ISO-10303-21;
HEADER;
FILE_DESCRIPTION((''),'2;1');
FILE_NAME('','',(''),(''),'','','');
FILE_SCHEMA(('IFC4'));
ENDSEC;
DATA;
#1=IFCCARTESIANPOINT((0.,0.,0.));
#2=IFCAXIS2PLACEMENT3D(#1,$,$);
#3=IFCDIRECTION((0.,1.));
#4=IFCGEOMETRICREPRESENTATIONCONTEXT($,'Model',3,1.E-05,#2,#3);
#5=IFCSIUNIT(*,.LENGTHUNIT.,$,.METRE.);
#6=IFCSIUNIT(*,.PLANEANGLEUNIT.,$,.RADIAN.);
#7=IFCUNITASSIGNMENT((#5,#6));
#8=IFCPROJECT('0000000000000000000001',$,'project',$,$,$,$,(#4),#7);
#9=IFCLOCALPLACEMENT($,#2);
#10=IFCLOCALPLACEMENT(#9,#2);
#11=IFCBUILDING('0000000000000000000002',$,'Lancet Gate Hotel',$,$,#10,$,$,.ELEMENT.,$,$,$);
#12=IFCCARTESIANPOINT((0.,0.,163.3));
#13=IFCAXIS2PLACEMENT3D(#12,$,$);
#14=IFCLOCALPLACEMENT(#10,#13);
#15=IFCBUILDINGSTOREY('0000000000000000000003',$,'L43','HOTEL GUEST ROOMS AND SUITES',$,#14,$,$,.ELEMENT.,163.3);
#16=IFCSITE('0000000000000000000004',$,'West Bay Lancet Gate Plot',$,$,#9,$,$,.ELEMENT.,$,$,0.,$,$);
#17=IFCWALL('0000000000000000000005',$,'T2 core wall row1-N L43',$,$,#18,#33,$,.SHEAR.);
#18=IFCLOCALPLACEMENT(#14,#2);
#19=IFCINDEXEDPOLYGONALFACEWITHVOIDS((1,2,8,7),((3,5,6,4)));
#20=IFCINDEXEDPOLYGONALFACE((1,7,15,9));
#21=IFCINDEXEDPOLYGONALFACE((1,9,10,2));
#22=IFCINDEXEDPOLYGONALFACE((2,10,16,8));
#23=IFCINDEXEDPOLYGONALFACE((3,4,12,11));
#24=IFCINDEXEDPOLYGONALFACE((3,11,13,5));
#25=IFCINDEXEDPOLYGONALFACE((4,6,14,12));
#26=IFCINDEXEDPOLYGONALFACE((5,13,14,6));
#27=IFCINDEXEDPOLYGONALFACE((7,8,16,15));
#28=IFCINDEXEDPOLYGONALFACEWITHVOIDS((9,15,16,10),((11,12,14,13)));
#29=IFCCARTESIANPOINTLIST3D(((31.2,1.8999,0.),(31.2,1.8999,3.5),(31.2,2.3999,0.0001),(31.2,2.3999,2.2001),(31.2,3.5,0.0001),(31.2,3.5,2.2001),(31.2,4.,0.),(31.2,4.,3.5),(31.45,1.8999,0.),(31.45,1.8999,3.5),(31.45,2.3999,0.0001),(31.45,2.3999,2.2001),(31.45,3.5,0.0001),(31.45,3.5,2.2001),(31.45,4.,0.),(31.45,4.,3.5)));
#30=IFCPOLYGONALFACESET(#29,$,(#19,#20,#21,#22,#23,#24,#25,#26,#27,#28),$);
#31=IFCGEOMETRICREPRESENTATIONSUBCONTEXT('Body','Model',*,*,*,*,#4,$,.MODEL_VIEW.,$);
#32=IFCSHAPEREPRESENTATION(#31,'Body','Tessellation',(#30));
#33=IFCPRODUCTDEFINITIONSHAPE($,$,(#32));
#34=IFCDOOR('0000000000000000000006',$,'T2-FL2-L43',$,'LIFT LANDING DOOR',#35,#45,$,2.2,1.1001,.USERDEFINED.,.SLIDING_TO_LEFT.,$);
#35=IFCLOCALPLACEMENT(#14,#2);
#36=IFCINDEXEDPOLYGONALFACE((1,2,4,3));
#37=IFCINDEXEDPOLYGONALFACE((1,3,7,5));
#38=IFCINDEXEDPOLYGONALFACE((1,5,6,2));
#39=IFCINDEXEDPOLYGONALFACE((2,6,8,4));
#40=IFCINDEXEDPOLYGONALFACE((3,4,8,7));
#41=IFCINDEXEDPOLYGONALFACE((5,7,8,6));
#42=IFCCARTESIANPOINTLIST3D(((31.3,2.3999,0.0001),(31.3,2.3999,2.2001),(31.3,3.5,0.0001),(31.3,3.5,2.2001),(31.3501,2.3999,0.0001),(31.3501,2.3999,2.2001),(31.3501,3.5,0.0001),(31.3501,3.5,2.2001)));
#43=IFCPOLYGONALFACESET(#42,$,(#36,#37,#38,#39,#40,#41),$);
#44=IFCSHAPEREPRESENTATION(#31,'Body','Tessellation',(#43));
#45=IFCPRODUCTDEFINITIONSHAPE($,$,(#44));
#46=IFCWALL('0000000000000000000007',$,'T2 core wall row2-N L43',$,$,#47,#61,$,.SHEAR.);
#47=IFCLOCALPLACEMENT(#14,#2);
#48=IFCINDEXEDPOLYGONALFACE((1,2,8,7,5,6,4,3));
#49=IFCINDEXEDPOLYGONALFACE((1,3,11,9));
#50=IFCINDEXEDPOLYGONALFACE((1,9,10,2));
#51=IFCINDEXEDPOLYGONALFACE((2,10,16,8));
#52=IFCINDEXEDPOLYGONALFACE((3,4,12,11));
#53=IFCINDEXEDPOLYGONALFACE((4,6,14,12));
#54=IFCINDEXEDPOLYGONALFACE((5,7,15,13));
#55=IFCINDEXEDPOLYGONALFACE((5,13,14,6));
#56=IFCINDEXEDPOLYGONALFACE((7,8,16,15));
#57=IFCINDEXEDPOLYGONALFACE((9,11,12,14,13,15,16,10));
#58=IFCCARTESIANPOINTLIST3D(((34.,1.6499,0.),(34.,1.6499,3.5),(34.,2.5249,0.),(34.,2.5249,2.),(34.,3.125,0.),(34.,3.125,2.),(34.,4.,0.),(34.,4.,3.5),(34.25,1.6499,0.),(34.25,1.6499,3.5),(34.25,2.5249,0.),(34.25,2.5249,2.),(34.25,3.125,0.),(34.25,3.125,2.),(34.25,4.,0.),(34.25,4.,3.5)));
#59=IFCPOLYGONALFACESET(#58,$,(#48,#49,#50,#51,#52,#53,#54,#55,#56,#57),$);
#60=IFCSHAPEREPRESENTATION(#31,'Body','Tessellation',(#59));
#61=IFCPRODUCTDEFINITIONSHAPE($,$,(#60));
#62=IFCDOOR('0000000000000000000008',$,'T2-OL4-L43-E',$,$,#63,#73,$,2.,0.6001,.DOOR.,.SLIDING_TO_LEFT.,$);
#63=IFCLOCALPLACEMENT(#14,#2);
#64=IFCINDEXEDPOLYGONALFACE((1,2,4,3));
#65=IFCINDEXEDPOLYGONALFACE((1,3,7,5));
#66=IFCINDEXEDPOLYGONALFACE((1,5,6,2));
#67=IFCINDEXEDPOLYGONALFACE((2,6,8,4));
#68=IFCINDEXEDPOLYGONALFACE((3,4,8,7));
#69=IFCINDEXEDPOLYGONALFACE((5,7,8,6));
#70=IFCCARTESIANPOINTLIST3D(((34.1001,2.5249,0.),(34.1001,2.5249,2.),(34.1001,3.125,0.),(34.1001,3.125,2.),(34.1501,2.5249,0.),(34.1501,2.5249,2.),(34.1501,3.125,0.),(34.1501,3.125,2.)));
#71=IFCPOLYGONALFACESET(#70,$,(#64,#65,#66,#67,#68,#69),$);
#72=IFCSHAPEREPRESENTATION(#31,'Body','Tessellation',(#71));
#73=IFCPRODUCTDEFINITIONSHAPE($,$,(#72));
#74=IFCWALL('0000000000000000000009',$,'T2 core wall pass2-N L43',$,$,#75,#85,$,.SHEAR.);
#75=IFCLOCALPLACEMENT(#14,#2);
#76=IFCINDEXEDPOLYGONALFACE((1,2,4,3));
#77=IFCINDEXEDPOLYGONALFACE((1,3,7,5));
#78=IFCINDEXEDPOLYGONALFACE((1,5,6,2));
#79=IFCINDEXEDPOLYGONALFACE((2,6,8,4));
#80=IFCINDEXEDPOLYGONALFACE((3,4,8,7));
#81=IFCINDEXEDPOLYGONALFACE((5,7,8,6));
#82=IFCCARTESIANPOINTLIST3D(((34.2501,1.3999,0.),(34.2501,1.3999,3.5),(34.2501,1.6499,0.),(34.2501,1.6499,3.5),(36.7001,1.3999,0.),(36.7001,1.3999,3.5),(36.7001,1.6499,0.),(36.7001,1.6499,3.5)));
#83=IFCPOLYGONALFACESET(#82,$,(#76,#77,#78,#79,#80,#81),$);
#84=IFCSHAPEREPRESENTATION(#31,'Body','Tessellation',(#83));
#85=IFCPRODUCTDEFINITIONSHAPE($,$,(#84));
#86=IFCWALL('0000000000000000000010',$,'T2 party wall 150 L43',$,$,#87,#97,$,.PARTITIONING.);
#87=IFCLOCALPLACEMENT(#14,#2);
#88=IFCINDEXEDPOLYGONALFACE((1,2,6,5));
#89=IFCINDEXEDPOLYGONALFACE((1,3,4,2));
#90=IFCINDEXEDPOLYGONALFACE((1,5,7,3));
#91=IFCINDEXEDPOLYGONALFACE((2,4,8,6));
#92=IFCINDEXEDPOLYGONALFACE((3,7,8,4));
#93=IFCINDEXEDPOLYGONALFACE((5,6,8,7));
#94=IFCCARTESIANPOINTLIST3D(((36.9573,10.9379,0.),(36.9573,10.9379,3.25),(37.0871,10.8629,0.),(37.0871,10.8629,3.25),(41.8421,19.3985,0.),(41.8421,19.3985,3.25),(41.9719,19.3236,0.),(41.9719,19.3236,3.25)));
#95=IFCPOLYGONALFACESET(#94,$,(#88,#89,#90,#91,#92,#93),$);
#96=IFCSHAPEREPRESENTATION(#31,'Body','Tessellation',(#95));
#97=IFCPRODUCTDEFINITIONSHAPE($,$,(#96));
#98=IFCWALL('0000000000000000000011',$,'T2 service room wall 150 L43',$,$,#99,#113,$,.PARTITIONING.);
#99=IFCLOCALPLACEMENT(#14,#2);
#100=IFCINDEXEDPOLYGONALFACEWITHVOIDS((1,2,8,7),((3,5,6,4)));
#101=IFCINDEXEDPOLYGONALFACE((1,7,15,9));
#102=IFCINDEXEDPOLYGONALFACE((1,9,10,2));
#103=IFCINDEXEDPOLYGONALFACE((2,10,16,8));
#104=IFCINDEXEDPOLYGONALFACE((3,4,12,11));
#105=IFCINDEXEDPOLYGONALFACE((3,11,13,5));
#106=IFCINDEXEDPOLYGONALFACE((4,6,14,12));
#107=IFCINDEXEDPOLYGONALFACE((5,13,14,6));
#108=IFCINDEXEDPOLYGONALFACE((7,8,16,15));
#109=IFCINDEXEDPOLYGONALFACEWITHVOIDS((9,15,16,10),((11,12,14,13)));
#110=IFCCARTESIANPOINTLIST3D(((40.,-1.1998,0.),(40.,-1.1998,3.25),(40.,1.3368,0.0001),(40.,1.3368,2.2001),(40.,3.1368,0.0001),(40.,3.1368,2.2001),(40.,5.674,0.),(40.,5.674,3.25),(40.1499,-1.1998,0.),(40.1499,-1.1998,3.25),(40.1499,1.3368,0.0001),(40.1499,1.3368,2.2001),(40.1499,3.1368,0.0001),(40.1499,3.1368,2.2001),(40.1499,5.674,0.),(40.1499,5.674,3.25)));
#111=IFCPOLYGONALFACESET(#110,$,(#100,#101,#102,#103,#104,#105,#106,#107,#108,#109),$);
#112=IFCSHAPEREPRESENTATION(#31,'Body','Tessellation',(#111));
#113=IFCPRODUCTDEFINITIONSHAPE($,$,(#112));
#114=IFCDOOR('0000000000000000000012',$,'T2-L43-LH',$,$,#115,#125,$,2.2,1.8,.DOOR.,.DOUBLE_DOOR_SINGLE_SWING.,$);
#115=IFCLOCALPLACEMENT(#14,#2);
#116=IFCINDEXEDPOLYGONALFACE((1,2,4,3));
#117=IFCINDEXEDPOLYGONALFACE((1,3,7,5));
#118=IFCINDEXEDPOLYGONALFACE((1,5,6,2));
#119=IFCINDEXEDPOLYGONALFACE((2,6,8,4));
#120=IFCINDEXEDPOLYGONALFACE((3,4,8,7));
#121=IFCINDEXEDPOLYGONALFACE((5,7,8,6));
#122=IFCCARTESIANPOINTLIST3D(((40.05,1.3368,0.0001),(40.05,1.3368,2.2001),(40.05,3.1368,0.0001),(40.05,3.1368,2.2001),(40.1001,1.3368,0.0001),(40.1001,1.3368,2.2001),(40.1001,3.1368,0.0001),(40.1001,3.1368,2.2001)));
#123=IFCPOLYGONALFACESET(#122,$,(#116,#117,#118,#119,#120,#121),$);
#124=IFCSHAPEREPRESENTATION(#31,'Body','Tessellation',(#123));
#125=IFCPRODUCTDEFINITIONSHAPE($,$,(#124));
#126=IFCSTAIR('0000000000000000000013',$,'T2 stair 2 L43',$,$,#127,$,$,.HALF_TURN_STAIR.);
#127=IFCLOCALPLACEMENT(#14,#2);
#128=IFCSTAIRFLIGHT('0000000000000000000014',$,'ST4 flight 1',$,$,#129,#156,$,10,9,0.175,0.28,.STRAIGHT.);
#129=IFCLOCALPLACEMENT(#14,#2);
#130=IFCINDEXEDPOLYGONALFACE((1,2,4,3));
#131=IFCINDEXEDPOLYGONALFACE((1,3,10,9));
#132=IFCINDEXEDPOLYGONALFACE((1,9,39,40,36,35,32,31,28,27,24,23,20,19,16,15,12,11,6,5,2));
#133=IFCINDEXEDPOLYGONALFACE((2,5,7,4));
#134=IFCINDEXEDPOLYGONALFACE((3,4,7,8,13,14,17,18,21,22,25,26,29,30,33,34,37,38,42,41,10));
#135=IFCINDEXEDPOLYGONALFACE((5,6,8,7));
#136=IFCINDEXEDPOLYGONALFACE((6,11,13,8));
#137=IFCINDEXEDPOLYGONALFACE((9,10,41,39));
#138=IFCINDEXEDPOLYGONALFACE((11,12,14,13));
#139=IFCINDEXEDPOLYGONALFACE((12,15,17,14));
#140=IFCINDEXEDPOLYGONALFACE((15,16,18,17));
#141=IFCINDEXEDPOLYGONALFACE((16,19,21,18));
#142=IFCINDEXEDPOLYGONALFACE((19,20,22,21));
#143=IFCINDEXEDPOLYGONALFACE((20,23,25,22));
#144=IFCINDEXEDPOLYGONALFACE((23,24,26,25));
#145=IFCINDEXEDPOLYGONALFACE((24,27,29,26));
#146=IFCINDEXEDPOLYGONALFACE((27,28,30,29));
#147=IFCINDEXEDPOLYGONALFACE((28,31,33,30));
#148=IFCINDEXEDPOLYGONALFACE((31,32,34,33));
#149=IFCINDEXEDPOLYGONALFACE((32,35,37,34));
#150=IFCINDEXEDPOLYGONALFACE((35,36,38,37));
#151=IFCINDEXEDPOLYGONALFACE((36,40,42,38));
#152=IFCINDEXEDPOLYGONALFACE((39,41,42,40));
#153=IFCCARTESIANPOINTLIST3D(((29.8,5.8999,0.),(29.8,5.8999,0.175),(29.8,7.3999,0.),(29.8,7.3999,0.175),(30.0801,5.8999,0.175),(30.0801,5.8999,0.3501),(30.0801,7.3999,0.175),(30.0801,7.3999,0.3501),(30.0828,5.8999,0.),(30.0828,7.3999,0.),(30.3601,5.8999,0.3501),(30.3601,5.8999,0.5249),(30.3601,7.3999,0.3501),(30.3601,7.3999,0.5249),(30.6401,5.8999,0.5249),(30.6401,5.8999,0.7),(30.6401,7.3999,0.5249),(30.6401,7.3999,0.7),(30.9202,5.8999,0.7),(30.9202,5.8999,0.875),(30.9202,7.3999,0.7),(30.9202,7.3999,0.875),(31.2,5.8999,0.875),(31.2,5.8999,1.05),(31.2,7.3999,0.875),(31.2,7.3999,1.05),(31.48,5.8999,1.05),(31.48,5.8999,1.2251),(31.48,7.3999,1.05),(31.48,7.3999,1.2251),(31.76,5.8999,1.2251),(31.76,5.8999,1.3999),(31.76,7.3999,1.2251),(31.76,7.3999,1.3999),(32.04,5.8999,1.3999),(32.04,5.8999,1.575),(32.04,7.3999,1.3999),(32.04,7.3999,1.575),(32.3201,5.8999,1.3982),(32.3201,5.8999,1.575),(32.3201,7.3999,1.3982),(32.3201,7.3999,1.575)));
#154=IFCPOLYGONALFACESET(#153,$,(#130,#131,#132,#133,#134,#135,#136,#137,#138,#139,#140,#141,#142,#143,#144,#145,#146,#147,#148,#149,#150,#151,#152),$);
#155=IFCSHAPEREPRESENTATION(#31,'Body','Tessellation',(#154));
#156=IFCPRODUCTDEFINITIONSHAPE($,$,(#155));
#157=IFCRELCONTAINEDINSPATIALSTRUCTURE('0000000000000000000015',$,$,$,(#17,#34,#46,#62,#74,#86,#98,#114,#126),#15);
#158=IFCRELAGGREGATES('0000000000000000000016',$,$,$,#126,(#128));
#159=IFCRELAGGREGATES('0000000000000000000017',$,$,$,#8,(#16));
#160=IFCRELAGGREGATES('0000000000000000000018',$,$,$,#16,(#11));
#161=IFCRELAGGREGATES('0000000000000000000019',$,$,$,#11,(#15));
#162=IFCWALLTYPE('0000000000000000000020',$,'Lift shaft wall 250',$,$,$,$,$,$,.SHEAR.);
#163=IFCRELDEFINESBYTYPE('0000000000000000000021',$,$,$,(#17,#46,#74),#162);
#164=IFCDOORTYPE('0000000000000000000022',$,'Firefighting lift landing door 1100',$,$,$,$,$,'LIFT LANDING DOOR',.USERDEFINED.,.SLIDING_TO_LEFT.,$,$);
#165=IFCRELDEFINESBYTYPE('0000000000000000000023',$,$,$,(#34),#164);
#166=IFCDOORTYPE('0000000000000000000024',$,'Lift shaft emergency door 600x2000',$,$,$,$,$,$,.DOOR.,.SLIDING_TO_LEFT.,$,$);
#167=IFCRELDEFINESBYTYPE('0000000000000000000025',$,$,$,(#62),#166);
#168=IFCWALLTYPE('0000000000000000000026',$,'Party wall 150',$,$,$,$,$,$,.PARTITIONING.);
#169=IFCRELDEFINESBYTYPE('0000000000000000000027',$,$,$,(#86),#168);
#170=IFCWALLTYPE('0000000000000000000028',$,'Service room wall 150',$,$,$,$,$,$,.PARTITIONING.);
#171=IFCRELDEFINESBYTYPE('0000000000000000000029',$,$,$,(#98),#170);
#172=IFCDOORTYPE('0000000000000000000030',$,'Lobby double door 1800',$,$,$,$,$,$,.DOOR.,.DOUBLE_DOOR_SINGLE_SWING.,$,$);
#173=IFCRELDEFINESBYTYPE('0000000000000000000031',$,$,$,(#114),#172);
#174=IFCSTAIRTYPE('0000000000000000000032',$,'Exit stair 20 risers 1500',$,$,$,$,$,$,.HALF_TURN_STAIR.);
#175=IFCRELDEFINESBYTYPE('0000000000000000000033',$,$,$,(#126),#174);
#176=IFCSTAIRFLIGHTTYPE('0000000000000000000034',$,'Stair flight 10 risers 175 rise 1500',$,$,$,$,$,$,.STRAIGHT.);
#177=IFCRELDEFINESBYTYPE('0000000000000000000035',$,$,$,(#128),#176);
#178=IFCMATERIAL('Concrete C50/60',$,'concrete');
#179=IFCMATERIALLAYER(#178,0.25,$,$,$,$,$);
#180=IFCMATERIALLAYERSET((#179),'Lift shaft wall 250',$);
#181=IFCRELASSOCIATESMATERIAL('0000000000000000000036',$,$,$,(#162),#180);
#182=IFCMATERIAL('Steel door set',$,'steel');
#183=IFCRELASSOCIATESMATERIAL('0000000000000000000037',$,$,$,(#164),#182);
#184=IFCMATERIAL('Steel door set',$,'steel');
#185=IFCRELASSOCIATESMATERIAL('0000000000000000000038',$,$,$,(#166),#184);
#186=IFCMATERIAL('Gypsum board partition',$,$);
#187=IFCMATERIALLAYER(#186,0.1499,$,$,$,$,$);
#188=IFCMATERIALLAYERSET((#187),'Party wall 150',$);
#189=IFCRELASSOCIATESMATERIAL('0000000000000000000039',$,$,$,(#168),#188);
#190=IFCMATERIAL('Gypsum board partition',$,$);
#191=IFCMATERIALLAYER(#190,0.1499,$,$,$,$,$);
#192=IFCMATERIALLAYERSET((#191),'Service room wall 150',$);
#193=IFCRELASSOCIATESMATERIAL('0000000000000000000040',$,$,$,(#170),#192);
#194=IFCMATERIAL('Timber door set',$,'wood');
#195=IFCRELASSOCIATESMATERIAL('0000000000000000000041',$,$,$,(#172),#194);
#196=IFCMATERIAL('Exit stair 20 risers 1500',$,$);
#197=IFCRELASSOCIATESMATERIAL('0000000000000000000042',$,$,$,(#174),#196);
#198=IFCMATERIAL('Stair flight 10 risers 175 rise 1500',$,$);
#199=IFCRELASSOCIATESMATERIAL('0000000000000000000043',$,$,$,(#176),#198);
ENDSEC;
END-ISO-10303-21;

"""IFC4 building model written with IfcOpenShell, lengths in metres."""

from ifc_helpers import new_model, si_unit, direction, frame, frame_2d, origin, place, context, subcontext, project, spatial, polyline, rectangle, outline, extrude, material, layer, layer_set, type_object, element, fill, aggregate, save


model = new_model("IFC4")

# Units and contexts
model_context = context("Model", 3, precision=1e-05, world=origin(), true_north=direction((0.0, 1.0)))
body_context = subcontext(model_context, "Body", "Model", "MODEL_VIEW")
ifc_project = project(units=[si_unit("LENGTHUNIT", "METRE"), si_unit("PLANEANGLEUNIT", "RADIAN")], contexts=[model_context])

# Site, building, storey
site_placement = place(None, origin())
site = spatial("IfcSite", under=ifc_project, at=site_placement, Name="West Bay Lancet Gate Plot", CompositionType="ELEMENT", RefElevation=0.0)
building_placement = place(site_placement, origin())
building = spatial("IfcBuilding", under=site, at=building_placement, Name="Lancet Gate Hotel", CompositionType="ELEMENT")
storey_placement = place(building_placement, frame((0.0, 0.0, 163.3)))
storey = spatial("IfcBuildingStorey", under=building, at=storey_placement, Name="L43", Description="HOTEL GUEST ROOMS AND SUITES", CompositionType="ELEMENT", Elevation=163.3)

# Walls, openings, doors
ifc_material_1 = material(Name="Concrete C50/60", Category="concrete")
ifc_layer_1 = layer(ifc_material_1, 0.25)
ifc_layer_set_1 = layer_set([ifc_layer_1], Name="Lift shaft wall 250")
wall_type_1 = type_object("IfcWallType", Name="Lift shaft wall 250", PredefinedType="SHEAR", material=ifc_layer_set_1)
wall_1_placement = place(storey_placement, frame((31.325, 1.8999, 0.0), z_axis=(0.0, 0.0, 1.0), x_axis=(0.0, 1.0, 0.0)))
wall_1 = element("IfcWall", 1, at=wall_1_placement, inside=storey, type_object=wall_type_1, Name="T2 core wall row1-N L43", PredefinedType="SHEAR", context=body_context, shape_type="SweptSolid", body=[
    extrude(rectangle(XDim=2.1001, YDim=0.25, at=frame_2d((1.05, 0.0))), origin(), (0.0, 0.0, 1.0), 3.5),
])
opening_1_placement = place(wall_1_placement, frame((0.5, 0.0, 0.0)))
opening_1 = element("IfcOpeningElement", 2, at=opening_1_placement, cuts=wall_1, PredefinedType="OPENING", context=body_context, shape_type="SweptSolid", body=[
    extrude(rectangle(XDim=1.1001, YDim=2.2, at=frame_2d((0.55, 1.1001))), frame((0.0, 0.135, 0.0), z_axis=(0.0, -1.0, 0.0), x_axis=(1.0, 0.0, 0.0)), (0.0, 0.0, 1.0), 0.27),
])
ifc_material_2 = material(Name="Steel door set", Category="steel")
door_type_1 = type_object("IfcDoorType", Name="Firefighting lift landing door 1100", ElementType="LIFT LANDING DOOR", OperationType="SLIDING_TO_LEFT", PredefinedType="USERDEFINED", material=ifc_material_2)
door_1_placement = place(opening_1_placement, origin())
door_1 = element("IfcDoor", 3, at=door_1_placement, inside=storey, type_object=door_type_1, Name="T2-FL2-L43", ObjectType="LIFT LANDING DOOR", OperationType="SLIDING_TO_LEFT", OverallHeight=2.2, OverallWidth=1.1001, PredefinedType="USERDEFINED", context=body_context, shape_type="SweptSolid", body=[
    extrude(rectangle(XDim=1.1001, YDim=2.2, at=frame_2d((0.55, 1.1001))), frame((0.0, 0.0249, 0.0), z_axis=(0.0, -1.0, 0.0), x_axis=(1.0, 0.0, 0.0)), (0.0, 0.0, 1.0), 0.05),
])
fill(opening_1, door_1)
wall_2_placement = place(storey_placement, frame((34.125, 1.6499, 0.0), z_axis=(0.0, 0.0, 1.0), x_axis=(0.0, 1.0, 0.0)))
wall_2 = element("IfcWall", 4, at=wall_2_placement, inside=storey, type_object=wall_type_1, Name="T2 core wall row2-N L43", PredefinedType="SHEAR", context=body_context, shape_type="SweptSolid", body=[
    extrude(rectangle(XDim=2.3501, YDim=0.25, at=frame_2d((1.175, 0.0))), origin(), (0.0, 0.0, 1.0), 3.5),
])
opening_2_placement = place(wall_2_placement, frame((0.875, 0.0, 0.0)))
opening_2 = element("IfcOpeningElement", 5, at=opening_2_placement, cuts=wall_2, PredefinedType="OPENING", context=body_context, shape_type="SweptSolid", body=[
    extrude(rectangle(XDim=0.6001, YDim=2.0, at=frame_2d((0.3, 1.0))), frame((0.0, 0.135, 0.0), z_axis=(0.0, -1.0, 0.0), x_axis=(1.0, 0.0, 0.0)), (0.0, 0.0, 1.0), 0.27),
])
ifc_material_3 = material(Name="Steel door set", Category="steel")
door_type_2 = type_object("IfcDoorType", Name="Lift shaft emergency door 600x2000", OperationType="SLIDING_TO_LEFT", PredefinedType="DOOR", material=ifc_material_3)
door_2_placement = place(opening_2_placement, origin())
door_2 = element("IfcDoor", 6, at=door_2_placement, inside=storey, type_object=door_type_2, Name="T2-OL4-L43-E", OperationType="SLIDING_TO_LEFT", OverallHeight=2.0, OverallWidth=0.6001, PredefinedType="DOOR", context=body_context, shape_type="SweptSolid", body=[
    extrude(rectangle(XDim=0.6001, YDim=2.0, at=frame_2d((0.3, 1.0))), frame((0.0, 0.0249, 0.0), z_axis=(0.0, -1.0, 0.0), x_axis=(1.0, 0.0, 0.0)), (0.0, 0.0, 1.0), 0.05),
])
fill(opening_2, door_2)

# Walls
wall_3_placement = place(storey_placement, frame((34.25, 1.5249, 0.0), z_axis=(0.0, 0.0, 1.0), x_axis=(1.0, 0.0, 0.0)))
element("IfcWall", 7, at=wall_3_placement, inside=storey, type_object=wall_type_1, Name="T2 core wall pass2-N L43", PredefinedType="SHEAR", context=body_context, shape_type="SweptSolid", body=[
    extrude(rectangle(XDim=2.45, YDim=0.25, at=frame_2d((1.2251, 0.0))), origin(), (0.0, 0.0, 1.0), 3.5),
])
ifc_material_4 = material(Name="Gypsum board partition")
ifc_layer_2 = layer(ifc_material_4, 0.1499)
ifc_layer_set_2 = layer_set([ifc_layer_2], Name="Party wall 150")
wall_type_2 = type_object("IfcWallType", Name="Party wall 150", PredefinedType="PARTITIONING", material=ifc_layer_set_2)
wall_4_placement = place(storey_placement, frame((37.0222, 10.9004, 0.0), z_axis=(0.0, 0.0, 1.0), x_axis=(0.499999, 0.866026, 0.0)))
element("IfcWall", 8, at=wall_4_placement, inside=storey, type_object=wall_type_2, Name="T2 party wall 150 L43", PredefinedType="PARTITIONING", context=body_context, shape_type="SweptSolid", body=[
    extrude(rectangle(XDim=9.7695, YDim=0.1499, at=frame_2d((4.8848, 0.0))), origin(), (0.0, 0.0, 1.0), 3.25),
])

# Wall, opening, door
ifc_material_5 = material(Name="Gypsum board partition")
ifc_layer_3 = layer(ifc_material_5, 0.1499)
ifc_layer_set_3 = layer_set([ifc_layer_3], Name="Service room wall 150")
wall_type_3 = type_object("IfcWallType", Name="Service room wall 150", PredefinedType="PARTITIONING", material=ifc_layer_set_3)
wall_5_placement = place(storey_placement, frame((40.075, -1.2, 0.0), z_axis=(0.0, 0.0, 1.0), x_axis=(0.0, 1.0, 0.0)))
wall_5 = element("IfcWall", 9, at=wall_5_placement, inside=storey, type_object=wall_type_3, Name="T2 service room wall 150 L43", PredefinedType="PARTITIONING", context=body_context, shape_type="SweptSolid", body=[
    extrude(rectangle(XDim=6.8738, YDim=0.1499, at=frame_2d((3.437, 0.0))), origin(), (0.0, 0.0, 1.0), 3.25),
])
opening_3_placement = place(wall_5_placement, frame((2.5369, 0.0, 0.0)))
opening_3 = element("IfcOpeningElement", 10, at=opening_3_placement, cuts=wall_5, PredefinedType="OPENING", context=body_context, shape_type="SweptSolid", body=[
    extrude(rectangle(XDim=1.8, YDim=2.2, at=frame_2d((0.8999, 1.1001))), frame((0.0, 0.085, 0.0), z_axis=(0.0, -1.0, 0.0), x_axis=(1.0, 0.0, 0.0)), (0.0, 0.0, 1.0), 0.1699),
])
ifc_material_6 = material(Name="Timber door set", Category="wood")
door_type_3 = type_object("IfcDoorType", Name="Lobby double door 1800", OperationType="DOUBLE_DOOR_SINGLE_SWING", PredefinedType="DOOR", material=ifc_material_6)
door_3_placement = place(opening_3_placement, origin())
door_3 = element("IfcDoor", 11, at=door_3_placement, inside=storey, type_object=door_type_3, Name="T2-L43-LH", OperationType="DOUBLE_DOOR_SINGLE_SWING", OverallHeight=2.2, OverallWidth=1.8, PredefinedType="DOOR", context=body_context, shape_type="SweptSolid", body=[
    extrude(rectangle(XDim=1.8, YDim=2.2, at=frame_2d((0.8999, 1.1001))), frame((0.0, 0.0249, 0.0), z_axis=(0.0, -1.0, 0.0), x_axis=(1.0, 0.0, 0.0)), (0.0, 0.0, 1.0), 0.05),
])
fill(opening_3, door_3)

# Stair, stair flight
ifc_material_7 = material(Name="Exit stair 20 risers 1500")
stair_type = type_object("IfcStairType", Name="Exit stair 20 risers 1500", PredefinedType="HALF_TURN_STAIR", material=ifc_material_7)
stair_placement = place(storey_placement, origin())
stair = element("IfcStair", 12, at=stair_placement, inside=storey, type_object=stair_type, Name="T2 stair 2 L43", PredefinedType="HALF_TURN_STAIR")
ifc_material_8 = material(Name="Stair flight 10 risers 175 rise 1500")
stair_flight_type = type_object("IfcStairFlightType", Name="Stair flight 10 risers 175 rise 1500", PredefinedType="STRAIGHT", material=ifc_material_8)
stair_flight_1_placement = place(storey_placement, frame((29.8, 6.6499, 0.0), z_axis=(0.0, 0.0, 1.0), x_axis=(1.0, 0.0, 0.0)))
stair_flight_1 = element("IfcStairFlight", 13, at=stair_flight_1_placement, type_object=stair_flight_type, Name="ST4 flight 1", NumberOfRisers=10, NumberOfTreads=9, PredefinedType="STRAIGHT", RiserHeight=0.175, TreadLength=0.28, context=body_context, shape_type="SweptSolid", body=[
    extrude(outline(polyline([(0.0, 0.0), (0.0, 0.175), (0.28, 0.175), (0.28, 0.3501), (0.5601, 0.3501), (0.5601, 0.5249), (0.8401, 0.5249), (0.8401, 0.7), (1.1201, 0.7), (1.1201, 0.875), (1.3999, 0.875), (1.3999, 1.05), (1.6799, 1.05), (1.6799, 1.2251), (1.96, 1.2251), (1.96, 1.3999), (2.24, 1.3999), (2.24, 1.575), (2.52, 1.575), (2.52, 1.75), (2.52, 1.3982), (0.2827, 0.0), (0.0, 0.0)])), frame((0.0, 0.75, 0.0), z_axis=(0.0, -1.0, 0.0), x_axis=(1.0, 0.0, 0.0)), (0.0, 0.0, 1.0), 1.5),
])
aggregate(stair, [stair_flight_1])

save(model, "model.ifc")
